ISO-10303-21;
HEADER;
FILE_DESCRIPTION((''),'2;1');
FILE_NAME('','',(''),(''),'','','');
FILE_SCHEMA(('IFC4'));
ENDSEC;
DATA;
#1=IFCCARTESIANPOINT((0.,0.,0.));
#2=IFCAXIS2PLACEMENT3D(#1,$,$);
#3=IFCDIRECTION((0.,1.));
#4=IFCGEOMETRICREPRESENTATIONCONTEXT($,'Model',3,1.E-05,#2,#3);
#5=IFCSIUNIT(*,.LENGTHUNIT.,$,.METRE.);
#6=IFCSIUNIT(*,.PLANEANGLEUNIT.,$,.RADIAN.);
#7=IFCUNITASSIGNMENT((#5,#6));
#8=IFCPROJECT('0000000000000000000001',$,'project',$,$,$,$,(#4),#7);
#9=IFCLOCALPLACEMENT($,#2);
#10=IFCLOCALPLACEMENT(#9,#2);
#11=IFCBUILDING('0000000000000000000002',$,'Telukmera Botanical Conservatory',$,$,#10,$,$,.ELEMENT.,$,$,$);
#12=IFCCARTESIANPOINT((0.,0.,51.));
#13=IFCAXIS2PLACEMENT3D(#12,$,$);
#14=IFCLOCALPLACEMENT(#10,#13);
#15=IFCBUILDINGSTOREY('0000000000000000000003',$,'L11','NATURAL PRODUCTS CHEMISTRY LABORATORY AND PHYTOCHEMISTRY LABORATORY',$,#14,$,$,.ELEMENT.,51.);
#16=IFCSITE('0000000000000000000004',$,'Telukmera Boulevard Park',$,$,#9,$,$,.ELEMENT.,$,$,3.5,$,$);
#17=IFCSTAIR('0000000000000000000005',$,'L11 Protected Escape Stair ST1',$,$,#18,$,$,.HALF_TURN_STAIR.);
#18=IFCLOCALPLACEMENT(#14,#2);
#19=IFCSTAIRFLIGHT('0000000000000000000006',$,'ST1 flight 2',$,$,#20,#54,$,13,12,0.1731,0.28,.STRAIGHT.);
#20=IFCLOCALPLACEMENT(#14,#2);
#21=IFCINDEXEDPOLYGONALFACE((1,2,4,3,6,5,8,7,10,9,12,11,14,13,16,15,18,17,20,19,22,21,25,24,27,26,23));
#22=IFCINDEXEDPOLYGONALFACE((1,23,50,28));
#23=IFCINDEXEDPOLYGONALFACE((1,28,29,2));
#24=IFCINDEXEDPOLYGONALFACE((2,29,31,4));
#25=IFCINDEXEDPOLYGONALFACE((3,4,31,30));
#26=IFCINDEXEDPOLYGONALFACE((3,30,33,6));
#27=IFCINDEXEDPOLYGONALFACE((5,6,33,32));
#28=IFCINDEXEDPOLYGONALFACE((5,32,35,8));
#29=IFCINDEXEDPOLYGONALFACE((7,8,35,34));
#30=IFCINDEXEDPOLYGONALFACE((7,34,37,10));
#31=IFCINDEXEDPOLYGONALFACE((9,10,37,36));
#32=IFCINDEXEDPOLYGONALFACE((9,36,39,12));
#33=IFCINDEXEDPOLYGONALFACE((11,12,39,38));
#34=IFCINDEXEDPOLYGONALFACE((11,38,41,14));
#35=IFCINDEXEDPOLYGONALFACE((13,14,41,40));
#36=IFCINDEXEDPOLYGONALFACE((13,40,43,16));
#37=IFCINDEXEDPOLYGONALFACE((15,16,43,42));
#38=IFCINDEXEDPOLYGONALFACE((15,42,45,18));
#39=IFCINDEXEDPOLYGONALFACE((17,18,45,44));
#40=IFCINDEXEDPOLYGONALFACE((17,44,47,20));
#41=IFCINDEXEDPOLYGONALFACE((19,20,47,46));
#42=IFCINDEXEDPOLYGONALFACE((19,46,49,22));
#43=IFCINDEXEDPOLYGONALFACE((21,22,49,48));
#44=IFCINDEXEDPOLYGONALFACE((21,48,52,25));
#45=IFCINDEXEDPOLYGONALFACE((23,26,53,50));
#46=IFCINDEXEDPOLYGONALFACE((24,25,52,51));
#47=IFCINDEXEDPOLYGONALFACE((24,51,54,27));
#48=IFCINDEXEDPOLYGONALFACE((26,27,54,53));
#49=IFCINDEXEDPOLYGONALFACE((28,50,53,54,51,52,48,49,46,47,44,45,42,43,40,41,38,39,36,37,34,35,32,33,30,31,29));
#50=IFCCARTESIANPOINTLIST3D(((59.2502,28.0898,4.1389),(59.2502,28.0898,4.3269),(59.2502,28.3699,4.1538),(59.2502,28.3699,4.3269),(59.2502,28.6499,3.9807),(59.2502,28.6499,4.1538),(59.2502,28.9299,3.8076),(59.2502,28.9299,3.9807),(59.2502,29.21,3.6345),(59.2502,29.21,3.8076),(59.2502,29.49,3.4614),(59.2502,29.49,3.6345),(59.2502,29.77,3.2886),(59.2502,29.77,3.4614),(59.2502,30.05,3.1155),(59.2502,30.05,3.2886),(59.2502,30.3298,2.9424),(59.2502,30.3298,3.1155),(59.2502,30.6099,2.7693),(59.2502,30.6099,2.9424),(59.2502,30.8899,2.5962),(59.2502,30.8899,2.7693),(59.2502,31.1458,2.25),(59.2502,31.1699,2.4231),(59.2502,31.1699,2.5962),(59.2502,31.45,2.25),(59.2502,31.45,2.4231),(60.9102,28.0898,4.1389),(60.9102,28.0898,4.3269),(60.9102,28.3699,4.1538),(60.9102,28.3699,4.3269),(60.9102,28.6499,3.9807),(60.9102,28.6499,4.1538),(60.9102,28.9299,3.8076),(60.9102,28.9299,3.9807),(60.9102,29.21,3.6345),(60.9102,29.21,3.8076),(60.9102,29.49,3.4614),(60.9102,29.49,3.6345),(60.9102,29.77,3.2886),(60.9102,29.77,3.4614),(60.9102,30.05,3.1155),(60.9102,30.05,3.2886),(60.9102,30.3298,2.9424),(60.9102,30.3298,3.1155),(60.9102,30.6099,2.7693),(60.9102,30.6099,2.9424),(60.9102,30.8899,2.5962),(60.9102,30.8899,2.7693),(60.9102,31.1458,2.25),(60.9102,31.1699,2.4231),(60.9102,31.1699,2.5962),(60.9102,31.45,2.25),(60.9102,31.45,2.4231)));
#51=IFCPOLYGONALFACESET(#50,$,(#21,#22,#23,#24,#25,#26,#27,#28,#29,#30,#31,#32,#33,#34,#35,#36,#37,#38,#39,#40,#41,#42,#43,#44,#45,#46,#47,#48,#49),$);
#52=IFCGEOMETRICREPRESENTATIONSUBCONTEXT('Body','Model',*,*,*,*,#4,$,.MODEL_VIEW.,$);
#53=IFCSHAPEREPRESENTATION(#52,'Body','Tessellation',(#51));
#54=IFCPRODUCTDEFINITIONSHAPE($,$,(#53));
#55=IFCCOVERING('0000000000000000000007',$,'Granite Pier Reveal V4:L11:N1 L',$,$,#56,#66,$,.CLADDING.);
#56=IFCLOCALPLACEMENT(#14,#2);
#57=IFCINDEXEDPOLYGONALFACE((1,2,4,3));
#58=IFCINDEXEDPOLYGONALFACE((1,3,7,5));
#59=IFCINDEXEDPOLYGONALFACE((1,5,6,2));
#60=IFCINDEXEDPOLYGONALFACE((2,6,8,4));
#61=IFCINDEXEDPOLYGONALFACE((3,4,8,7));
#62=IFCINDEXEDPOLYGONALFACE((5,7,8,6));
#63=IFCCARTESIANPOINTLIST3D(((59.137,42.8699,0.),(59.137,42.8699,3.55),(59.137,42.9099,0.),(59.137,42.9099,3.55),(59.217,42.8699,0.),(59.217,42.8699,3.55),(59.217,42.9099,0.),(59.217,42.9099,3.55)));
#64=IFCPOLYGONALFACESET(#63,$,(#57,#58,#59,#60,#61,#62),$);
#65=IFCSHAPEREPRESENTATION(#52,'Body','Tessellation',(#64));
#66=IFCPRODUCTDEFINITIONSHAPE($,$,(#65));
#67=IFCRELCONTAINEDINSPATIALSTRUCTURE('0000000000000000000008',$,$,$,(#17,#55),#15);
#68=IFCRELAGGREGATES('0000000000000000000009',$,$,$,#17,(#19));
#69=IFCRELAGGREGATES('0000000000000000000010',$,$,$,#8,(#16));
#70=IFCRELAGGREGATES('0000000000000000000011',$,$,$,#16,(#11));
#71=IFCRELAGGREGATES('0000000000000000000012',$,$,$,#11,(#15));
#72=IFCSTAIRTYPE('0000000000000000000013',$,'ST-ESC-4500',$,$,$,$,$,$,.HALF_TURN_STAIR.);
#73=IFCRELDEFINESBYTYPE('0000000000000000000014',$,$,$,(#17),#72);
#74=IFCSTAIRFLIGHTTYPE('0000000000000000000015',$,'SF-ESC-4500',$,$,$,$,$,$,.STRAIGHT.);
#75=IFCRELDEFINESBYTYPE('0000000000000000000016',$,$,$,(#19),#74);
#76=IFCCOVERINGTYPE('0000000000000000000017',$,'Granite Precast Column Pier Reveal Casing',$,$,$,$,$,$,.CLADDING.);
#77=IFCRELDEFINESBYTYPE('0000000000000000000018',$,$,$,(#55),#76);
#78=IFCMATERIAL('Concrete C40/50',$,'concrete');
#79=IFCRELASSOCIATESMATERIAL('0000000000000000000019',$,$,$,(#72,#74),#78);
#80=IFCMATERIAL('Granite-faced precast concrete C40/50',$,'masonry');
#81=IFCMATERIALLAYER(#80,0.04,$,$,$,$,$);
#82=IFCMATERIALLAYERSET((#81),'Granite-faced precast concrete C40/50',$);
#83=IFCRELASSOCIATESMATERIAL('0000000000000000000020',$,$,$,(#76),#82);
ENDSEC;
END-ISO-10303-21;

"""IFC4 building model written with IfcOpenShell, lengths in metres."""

from ifc_helpers import new_model, si_unit, direction, frame, origin, origin_2d, place, context, subcontext, project, spatial, polyline, rectangle, outline, extrude, material, layer, layer_set, type_object, element, aggregate, save


model = new_model("IFC4")

# Units and contexts
model_context = context("Model", 3, precision=1e-05, world=origin(), true_north=direction((0.0, 1.0)))
body_context = subcontext(model_context, "Body", "Model", "MODEL_VIEW")
ifc_project = project(units=[si_unit("LENGTHUNIT", "METRE"), si_unit("PLANEANGLEUNIT", "RADIAN")], contexts=[model_context])

# Site, building, storey
site_placement = place(None, origin())
site = spatial("IfcSite", under=ifc_project, at=site_placement, Name="Telukmera Boulevard Park", CompositionType="ELEMENT", RefElevation=3.5)
building_placement = place(site_placement, origin())
building = spatial("IfcBuilding", under=site, at=building_placement, Name="Telukmera Botanical Conservatory", CompositionType="ELEMENT")
storey_placement = place(building_placement, frame((0.0, 0.0, 51.0)))
storey = spatial("IfcBuildingStorey", under=building, at=storey_placement, Name="L11", Description="NATURAL PRODUCTS CHEMISTRY LABORATORY AND PHYTOCHEMISTRY LABORATORY", CompositionType="ELEMENT", Elevation=51.0)

# Shared definitions
ifc_material_1 = material(Name="Concrete C40/50", Category="concrete")

# Stair, stair flight
stair_type = type_object("IfcStairType", Name="ST-ESC-4500", PredefinedType="HALF_TURN_STAIR", material=ifc_material_1)
stair_placement = place(storey_placement, origin())
stair = element("IfcStair", 1, at=stair_placement, inside=storey, type_object=stair_type, Name="L11 Protected Escape Stair ST1", PredefinedType="HALF_TURN_STAIR")
stair_flight_type = type_object("IfcStairFlightType", Name="SF-ESC-4500", PredefinedType="STRAIGHT", material=ifc_material_1)
stair_flight_1_placement = place(storey_placement, frame((60.0801, 31.45, 2.25), z_axis=(0.0, 0.0, 1.0), x_axis=(0.0, -1.0, 0.0)))
stair_flight_1 = element("IfcStairFlight", 2, at=stair_flight_1_placement, type_object=stair_flight_type, Name="ST1 flight 2", NumberOfRisers=13, NumberOfTreads=12, PredefinedType="STRAIGHT", RiserHeight=0.1731, TreadLength=0.28, context=body_context, shape_type="SweptSolid", body=[
    extrude(outline(polyline([(0.0, 0.0), (0.0, 0.1731), (0.28, 0.1731), (0.28, 0.3462), (0.5601, 0.3462), (0.5601, 0.5193), (0.8401, 0.5193), (0.8401, 0.6924), (1.1201, 0.6924), (1.1201, 0.8655), (1.3999, 0.8655), (1.3999, 1.0386), (1.6799, 1.0386), (1.6799, 1.2114), (1.96, 1.2114), (1.96, 1.3845), (2.24, 1.3845), (2.24, 1.5576), (2.52, 1.5576), (2.52, 1.7307), (2.8, 1.7307), (2.8, 1.9038), (3.0801, 1.9038), (3.0801, 2.0769), (3.3601, 2.0769), (3.3601, 2.25), (3.3601, 1.8889), (0.3042, 0.0), (0.0, 0.0)])), frame((0.0, 0.8301, 0.0), z_axis=(0.0, -1.0, 0.0), x_axis=(1.0, 0.0, 0.0)), (0.0, 0.0, 1.0), 1.6599),
])
aggregate(stair, [stair_flight_1])

# Covering
ifc_material_2 = material(Name="Granite-faced precast concrete C40/50", Category="masonry")
ifc_layer_1 = layer(ifc_material_2, 0.04)
ifc_layer_set_1 = layer_set([ifc_layer_1], Name="Granite-faced precast concrete C40/50")
covering_type = type_object("IfcCoveringType", Name="Granite Precast Column Pier Reveal Casing", PredefinedType="CLADDING", material=ifc_layer_set_1)
covering_placement = place(storey_placement, frame((59.177, 42.8899, 0.0), z_axis=(0.0, 0.0, 1.0), x_axis=(1.0, 0.0, 0.0)))
element("IfcCovering", 3, at=covering_placement, inside=storey, type_object=covering_type, Name="Granite Pier Reveal V4:L11:N1 L", PredefinedType="CLADDING", context=body_context, shape_type="SweptSolid", body=[
    extrude(rectangle(XDim=0.0801, YDim=0.04, at=origin_2d()), origin(), (0.0, 0.0, 1.0), 3.55),
])

save(model, "model.ifc")
